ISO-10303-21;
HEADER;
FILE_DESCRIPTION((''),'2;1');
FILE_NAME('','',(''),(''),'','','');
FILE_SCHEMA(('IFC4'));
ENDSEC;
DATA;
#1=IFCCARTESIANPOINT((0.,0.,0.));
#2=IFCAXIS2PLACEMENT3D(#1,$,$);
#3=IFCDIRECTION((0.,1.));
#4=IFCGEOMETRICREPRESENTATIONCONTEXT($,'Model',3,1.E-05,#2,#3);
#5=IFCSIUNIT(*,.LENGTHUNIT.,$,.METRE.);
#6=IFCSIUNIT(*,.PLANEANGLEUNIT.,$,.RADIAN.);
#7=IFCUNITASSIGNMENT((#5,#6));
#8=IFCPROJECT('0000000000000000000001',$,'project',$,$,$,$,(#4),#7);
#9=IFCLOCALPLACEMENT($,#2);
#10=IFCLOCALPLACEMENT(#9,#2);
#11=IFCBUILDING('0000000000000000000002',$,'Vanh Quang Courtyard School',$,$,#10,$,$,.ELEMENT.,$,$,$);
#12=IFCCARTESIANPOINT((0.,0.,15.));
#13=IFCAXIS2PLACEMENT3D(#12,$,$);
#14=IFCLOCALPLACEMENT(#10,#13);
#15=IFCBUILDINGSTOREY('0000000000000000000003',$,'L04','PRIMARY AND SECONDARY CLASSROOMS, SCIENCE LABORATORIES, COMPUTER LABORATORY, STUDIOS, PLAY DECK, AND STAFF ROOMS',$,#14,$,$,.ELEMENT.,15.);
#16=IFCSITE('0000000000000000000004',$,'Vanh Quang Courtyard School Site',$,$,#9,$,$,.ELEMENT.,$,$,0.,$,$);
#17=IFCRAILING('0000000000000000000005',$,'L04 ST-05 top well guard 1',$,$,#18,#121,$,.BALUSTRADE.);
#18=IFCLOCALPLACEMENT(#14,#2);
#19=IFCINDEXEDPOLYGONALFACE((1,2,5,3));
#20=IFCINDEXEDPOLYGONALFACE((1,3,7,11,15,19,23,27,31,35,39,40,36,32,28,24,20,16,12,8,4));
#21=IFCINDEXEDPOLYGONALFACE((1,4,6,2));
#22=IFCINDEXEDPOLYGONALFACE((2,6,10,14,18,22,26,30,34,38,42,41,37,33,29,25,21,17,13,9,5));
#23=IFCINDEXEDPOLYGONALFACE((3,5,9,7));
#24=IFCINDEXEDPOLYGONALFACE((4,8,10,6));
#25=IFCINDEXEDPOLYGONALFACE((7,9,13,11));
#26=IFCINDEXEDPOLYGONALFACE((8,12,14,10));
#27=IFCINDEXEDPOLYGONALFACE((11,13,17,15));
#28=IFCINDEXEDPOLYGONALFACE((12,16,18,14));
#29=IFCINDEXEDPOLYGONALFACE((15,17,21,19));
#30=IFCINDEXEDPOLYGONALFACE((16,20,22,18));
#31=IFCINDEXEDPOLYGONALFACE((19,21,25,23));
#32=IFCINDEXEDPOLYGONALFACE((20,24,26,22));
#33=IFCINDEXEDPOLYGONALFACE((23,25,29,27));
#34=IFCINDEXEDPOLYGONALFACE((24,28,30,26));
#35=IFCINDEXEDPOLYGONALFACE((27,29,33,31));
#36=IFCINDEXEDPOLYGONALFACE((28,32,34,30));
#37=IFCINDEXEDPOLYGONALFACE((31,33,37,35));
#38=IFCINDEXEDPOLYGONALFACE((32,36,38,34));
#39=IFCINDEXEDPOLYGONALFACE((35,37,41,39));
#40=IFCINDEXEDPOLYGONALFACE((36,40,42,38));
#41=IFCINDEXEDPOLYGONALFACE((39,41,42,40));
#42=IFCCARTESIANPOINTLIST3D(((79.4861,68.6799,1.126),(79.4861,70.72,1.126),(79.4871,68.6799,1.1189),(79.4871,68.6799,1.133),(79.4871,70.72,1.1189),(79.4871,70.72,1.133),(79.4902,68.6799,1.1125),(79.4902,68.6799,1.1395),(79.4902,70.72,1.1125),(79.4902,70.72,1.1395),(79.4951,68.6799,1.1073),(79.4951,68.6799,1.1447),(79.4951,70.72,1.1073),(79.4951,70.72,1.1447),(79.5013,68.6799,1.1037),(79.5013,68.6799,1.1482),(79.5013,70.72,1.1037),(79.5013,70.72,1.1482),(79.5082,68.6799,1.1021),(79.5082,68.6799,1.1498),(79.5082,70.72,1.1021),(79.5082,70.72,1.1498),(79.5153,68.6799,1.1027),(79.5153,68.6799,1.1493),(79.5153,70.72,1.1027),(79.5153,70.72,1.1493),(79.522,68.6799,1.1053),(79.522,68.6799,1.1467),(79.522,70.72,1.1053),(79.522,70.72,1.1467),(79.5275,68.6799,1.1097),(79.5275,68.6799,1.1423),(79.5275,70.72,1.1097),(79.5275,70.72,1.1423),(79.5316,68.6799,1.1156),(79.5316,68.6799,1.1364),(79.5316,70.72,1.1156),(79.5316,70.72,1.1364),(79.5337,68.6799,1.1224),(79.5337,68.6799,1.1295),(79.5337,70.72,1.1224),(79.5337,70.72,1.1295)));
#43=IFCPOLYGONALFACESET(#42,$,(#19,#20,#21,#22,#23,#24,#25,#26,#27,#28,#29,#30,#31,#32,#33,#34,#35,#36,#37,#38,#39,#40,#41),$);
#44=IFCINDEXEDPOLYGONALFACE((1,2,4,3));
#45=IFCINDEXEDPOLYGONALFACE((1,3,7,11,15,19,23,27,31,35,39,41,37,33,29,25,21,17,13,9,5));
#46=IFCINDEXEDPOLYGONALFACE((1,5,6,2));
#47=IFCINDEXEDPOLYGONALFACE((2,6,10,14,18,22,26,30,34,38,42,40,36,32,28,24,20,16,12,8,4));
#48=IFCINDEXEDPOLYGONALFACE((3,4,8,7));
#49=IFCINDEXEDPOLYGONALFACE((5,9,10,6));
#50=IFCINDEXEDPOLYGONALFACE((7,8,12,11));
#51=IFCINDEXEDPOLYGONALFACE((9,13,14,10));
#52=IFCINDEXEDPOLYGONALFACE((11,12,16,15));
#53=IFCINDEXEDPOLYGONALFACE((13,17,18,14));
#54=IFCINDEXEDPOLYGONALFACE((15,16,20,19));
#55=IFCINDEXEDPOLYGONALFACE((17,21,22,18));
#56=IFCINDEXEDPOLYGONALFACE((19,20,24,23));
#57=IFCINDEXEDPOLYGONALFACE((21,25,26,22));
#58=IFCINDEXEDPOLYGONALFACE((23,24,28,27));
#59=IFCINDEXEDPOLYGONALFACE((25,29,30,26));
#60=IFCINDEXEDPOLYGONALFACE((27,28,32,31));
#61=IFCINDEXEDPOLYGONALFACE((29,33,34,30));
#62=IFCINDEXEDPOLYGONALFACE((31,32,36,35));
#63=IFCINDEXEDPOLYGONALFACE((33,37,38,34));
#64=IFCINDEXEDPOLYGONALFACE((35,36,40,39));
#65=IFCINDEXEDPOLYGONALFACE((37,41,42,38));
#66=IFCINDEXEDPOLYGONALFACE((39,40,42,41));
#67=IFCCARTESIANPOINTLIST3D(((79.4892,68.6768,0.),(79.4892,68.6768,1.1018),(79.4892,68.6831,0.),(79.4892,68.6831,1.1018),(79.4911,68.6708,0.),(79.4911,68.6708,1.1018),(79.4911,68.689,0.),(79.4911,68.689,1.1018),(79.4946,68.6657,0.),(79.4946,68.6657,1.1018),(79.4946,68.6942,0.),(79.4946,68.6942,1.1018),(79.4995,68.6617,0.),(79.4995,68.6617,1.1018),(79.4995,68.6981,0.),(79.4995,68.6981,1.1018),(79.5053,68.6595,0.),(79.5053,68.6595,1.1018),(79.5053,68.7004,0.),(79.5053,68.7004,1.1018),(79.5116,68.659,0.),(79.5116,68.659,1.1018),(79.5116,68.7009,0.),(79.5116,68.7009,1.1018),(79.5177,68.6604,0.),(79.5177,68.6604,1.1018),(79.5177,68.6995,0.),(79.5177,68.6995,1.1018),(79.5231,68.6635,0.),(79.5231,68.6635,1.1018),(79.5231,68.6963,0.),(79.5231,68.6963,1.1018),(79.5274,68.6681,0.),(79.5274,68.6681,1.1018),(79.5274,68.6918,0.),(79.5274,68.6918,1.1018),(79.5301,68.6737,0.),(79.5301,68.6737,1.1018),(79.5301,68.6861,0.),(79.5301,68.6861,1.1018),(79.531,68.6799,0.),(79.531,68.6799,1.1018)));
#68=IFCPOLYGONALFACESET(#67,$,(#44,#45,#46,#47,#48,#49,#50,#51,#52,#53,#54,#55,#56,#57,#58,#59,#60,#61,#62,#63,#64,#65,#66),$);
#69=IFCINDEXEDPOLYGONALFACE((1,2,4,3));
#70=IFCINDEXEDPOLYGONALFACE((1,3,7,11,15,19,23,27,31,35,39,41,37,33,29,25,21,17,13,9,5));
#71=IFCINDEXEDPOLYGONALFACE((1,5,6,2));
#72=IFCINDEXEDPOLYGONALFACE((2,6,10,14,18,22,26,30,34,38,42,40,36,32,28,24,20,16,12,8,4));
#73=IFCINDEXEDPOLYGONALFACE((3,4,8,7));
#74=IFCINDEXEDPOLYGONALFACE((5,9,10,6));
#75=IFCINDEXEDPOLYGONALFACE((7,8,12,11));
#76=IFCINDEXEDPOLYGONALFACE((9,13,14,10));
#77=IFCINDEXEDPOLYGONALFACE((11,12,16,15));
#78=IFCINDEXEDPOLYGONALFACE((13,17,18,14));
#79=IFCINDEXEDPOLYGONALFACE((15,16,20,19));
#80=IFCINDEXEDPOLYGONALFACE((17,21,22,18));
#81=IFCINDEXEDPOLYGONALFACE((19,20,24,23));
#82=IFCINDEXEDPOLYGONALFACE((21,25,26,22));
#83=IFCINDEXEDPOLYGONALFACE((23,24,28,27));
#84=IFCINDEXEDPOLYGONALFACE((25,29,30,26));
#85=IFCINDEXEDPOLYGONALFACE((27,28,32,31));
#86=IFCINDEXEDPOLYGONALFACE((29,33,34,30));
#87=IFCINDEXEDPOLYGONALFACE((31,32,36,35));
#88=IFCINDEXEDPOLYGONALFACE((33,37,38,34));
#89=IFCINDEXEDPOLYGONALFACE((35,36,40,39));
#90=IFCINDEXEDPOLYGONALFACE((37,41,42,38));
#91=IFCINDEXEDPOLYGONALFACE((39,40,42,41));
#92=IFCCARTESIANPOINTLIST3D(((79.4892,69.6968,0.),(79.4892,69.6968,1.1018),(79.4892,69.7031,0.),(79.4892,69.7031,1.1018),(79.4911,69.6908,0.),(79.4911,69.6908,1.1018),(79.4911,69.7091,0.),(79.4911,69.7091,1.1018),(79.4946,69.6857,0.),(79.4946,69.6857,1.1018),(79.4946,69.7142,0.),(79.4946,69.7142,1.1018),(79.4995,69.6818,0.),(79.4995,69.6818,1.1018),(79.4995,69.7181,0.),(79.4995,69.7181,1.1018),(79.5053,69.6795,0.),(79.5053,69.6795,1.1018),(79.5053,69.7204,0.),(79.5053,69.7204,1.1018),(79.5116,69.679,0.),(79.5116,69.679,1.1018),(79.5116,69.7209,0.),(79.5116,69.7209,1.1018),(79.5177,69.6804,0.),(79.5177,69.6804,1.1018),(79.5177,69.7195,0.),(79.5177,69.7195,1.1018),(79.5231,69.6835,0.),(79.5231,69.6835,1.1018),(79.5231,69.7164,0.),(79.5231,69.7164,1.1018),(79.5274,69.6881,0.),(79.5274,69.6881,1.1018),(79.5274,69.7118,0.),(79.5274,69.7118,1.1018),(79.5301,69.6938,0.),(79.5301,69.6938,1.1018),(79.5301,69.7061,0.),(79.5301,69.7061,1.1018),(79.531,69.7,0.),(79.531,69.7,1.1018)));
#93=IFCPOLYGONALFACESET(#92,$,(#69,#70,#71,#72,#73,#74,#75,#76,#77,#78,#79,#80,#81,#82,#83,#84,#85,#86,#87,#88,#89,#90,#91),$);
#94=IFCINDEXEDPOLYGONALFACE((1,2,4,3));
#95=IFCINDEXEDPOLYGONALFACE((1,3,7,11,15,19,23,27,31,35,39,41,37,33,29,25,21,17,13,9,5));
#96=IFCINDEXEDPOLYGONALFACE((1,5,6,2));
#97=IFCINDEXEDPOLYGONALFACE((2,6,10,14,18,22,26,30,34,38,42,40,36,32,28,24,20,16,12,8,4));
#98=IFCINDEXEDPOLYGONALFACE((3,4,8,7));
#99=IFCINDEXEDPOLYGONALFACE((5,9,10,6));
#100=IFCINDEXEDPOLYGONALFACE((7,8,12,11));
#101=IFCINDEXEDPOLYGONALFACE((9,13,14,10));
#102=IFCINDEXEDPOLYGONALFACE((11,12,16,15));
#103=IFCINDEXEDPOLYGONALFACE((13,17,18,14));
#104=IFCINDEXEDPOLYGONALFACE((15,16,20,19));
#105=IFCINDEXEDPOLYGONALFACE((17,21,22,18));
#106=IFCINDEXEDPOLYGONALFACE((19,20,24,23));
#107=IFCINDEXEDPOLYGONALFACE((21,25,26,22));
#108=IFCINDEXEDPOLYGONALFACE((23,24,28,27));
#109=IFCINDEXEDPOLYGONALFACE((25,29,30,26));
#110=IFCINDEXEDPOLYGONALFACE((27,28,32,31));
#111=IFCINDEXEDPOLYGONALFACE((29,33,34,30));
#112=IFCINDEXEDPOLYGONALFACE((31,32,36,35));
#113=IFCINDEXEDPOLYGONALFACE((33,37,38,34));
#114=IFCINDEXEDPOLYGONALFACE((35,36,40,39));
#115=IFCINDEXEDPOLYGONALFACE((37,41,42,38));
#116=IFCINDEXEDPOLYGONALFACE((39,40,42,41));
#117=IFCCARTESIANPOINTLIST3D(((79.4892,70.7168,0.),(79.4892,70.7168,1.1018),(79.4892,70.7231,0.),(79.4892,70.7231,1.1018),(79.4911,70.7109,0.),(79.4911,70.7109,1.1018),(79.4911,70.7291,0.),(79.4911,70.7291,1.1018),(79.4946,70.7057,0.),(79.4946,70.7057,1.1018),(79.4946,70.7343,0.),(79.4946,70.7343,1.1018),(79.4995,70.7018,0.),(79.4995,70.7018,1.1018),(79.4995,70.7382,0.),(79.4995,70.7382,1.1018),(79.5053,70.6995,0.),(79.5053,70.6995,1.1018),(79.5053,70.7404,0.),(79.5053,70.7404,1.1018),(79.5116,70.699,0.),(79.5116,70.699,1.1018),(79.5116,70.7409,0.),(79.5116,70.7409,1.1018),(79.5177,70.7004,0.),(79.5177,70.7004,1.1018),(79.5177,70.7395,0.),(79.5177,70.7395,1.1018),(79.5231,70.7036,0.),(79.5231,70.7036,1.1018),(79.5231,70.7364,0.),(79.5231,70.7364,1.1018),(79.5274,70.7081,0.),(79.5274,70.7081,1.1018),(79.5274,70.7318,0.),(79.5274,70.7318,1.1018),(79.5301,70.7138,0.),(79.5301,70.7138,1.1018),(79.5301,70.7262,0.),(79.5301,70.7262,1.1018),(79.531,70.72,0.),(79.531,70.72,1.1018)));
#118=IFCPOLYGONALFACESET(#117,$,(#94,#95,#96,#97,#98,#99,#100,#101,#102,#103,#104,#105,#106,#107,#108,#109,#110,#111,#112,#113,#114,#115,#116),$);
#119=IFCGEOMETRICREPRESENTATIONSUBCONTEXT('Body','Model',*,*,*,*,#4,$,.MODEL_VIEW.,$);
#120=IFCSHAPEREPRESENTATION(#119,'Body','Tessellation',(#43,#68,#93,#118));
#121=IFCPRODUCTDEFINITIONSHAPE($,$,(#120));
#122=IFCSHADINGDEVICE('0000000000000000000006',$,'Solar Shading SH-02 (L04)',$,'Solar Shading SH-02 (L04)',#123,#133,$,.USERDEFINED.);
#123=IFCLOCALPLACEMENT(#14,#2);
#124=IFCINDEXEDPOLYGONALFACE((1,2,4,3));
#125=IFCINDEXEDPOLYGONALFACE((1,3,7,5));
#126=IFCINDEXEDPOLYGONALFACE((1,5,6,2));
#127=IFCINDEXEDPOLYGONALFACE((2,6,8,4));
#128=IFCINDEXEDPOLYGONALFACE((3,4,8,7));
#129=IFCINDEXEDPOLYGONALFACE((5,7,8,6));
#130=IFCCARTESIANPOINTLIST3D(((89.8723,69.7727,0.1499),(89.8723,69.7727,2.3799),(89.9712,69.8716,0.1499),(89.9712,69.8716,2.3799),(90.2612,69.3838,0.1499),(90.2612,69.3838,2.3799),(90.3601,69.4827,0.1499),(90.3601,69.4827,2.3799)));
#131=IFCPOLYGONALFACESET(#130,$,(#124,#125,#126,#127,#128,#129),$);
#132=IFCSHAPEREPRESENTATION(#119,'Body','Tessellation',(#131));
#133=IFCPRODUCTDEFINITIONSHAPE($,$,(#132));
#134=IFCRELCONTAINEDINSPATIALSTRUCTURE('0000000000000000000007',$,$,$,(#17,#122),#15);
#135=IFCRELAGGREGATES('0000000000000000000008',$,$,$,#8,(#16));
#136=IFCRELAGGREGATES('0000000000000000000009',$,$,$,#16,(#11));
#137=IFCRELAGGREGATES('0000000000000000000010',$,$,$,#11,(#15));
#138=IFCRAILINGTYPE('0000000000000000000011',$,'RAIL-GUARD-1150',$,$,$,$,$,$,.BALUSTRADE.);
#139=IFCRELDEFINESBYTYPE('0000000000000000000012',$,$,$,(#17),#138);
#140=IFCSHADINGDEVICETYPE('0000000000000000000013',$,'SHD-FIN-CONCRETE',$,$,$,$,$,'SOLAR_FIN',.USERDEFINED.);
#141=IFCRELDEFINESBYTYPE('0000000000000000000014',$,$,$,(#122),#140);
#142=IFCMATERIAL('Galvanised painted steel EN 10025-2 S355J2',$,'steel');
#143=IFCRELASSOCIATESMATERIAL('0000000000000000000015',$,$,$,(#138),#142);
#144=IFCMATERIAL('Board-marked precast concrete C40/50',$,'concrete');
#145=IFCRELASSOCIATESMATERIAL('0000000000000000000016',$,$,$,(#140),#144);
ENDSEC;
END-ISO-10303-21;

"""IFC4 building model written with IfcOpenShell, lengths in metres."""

from ifc_helpers import new_model, si_unit, direction, frame, origin, origin_2d, place, context, subcontext, project, spatial, rectangle, circle, extrude, material, type_object, element, save


model = new_model("IFC4")

# Units and contexts
model_context = context("Model", 3, precision=1e-05, world=origin(), true_north=direction((0.0, 1.0)))
body_context = subcontext(model_context, "Body", "Model", "MODEL_VIEW")
ifc_project = project(units=[si_unit("LENGTHUNIT", "METRE"), si_unit("PLANEANGLEUNIT", "RADIAN")], contexts=[model_context])

# Site, building, storey
site_placement = place(None, origin())
site = spatial("IfcSite", under=ifc_project, at=site_placement, Name="Vanh Quang Courtyard School Site", CompositionType="ELEMENT", RefElevation=0.0)
building_placement = place(site_placement, origin())
building = spatial("IfcBuilding", under=site, at=building_placement, Name="Vanh Quang Courtyard School", CompositionType="ELEMENT")
storey_placement = place(building_placement, frame((0.0, 0.0, 15.0)))
storey = spatial("IfcBuildingStorey", under=building, at=storey_placement, Name="L04", Description="PRIMARY AND SECONDARY CLASSROOMS, SCIENCE LABORATORIES, COMPUTER LABORATORY, STUDIOS, PLAY DECK, AND STAFF ROOMS", CompositionType="ELEMENT", Elevation=15.0)

# Railing
ifc_material_1 = material(Name="Galvanised painted steel EN 10025-2 S355J2", Category="steel")
railing_type = type_object("IfcRailingType", Name="RAIL-GUARD-1150", PredefinedType="BALUSTRADE", material=ifc_material_1)
railing_placement = place(storey_placement, frame((79.51, 68.6799, 0.0)))
element("IfcRailing", 1, at=railing_placement, inside=storey, type_object=railing_type, Name="L04 ST-05 top well guard 1", PredefinedType="BALUSTRADE", context=body_context, shape_type="SweptSolid", body=[
    extrude(circle(Radius=0.0239, at=origin_2d()), frame((0.0, 0.0, 1.126), z_axis=(0.0, 1.0, 0.0), x_axis=(-1.0, 0.0, 0.0)), (0.0, 0.0, 1.0), 2.04),
    extrude(circle(Radius=0.021, at=origin_2d()), origin(), (0.0, 0.0, 1.0), 1.1018),
    extrude(circle(Radius=0.021, at=origin_2d()), frame((0.0, 1.02, 0.0)), (0.0, 0.0, 1.0), 1.1018),
    extrude(circle(Radius=0.021, at=origin_2d()), frame((0.0, 2.04, 0.0)), (0.0, 0.0, 1.0), 1.1018),
])

# Shading device
ifc_material_2 = material(Name="Board-marked precast concrete C40/50", Category="concrete")
shading_device_type = type_object("IfcShadingDeviceType", Name="SHD-FIN-CONCRETE", ElementType="SOLAR_FIN", PredefinedType="USERDEFINED", material=ifc_material_2)
shading_device_placement = place(storey_placement, frame((90.1162, 69.6277, 0.1499), z_axis=(0.0, 0.0, 1.0), x_axis=(-0.707107, -0.707107, 0.0)))
element("IfcShadingDevice", 2, at=shading_device_placement, inside=storey, type_object=shading_device_type, Name="Solar Shading SH-02 (L04)", ObjectType="Solar Shading SH-02 (L04)", PredefinedType="USERDEFINED", context=body_context, shape_type="SweptSolid", body=[
    extrude(rectangle(XDim=0.1399, YDim=0.55, at=origin_2d()), origin(), (0.0, 0.0, 1.0), 2.23),
])

save(model, "model.ifc")
